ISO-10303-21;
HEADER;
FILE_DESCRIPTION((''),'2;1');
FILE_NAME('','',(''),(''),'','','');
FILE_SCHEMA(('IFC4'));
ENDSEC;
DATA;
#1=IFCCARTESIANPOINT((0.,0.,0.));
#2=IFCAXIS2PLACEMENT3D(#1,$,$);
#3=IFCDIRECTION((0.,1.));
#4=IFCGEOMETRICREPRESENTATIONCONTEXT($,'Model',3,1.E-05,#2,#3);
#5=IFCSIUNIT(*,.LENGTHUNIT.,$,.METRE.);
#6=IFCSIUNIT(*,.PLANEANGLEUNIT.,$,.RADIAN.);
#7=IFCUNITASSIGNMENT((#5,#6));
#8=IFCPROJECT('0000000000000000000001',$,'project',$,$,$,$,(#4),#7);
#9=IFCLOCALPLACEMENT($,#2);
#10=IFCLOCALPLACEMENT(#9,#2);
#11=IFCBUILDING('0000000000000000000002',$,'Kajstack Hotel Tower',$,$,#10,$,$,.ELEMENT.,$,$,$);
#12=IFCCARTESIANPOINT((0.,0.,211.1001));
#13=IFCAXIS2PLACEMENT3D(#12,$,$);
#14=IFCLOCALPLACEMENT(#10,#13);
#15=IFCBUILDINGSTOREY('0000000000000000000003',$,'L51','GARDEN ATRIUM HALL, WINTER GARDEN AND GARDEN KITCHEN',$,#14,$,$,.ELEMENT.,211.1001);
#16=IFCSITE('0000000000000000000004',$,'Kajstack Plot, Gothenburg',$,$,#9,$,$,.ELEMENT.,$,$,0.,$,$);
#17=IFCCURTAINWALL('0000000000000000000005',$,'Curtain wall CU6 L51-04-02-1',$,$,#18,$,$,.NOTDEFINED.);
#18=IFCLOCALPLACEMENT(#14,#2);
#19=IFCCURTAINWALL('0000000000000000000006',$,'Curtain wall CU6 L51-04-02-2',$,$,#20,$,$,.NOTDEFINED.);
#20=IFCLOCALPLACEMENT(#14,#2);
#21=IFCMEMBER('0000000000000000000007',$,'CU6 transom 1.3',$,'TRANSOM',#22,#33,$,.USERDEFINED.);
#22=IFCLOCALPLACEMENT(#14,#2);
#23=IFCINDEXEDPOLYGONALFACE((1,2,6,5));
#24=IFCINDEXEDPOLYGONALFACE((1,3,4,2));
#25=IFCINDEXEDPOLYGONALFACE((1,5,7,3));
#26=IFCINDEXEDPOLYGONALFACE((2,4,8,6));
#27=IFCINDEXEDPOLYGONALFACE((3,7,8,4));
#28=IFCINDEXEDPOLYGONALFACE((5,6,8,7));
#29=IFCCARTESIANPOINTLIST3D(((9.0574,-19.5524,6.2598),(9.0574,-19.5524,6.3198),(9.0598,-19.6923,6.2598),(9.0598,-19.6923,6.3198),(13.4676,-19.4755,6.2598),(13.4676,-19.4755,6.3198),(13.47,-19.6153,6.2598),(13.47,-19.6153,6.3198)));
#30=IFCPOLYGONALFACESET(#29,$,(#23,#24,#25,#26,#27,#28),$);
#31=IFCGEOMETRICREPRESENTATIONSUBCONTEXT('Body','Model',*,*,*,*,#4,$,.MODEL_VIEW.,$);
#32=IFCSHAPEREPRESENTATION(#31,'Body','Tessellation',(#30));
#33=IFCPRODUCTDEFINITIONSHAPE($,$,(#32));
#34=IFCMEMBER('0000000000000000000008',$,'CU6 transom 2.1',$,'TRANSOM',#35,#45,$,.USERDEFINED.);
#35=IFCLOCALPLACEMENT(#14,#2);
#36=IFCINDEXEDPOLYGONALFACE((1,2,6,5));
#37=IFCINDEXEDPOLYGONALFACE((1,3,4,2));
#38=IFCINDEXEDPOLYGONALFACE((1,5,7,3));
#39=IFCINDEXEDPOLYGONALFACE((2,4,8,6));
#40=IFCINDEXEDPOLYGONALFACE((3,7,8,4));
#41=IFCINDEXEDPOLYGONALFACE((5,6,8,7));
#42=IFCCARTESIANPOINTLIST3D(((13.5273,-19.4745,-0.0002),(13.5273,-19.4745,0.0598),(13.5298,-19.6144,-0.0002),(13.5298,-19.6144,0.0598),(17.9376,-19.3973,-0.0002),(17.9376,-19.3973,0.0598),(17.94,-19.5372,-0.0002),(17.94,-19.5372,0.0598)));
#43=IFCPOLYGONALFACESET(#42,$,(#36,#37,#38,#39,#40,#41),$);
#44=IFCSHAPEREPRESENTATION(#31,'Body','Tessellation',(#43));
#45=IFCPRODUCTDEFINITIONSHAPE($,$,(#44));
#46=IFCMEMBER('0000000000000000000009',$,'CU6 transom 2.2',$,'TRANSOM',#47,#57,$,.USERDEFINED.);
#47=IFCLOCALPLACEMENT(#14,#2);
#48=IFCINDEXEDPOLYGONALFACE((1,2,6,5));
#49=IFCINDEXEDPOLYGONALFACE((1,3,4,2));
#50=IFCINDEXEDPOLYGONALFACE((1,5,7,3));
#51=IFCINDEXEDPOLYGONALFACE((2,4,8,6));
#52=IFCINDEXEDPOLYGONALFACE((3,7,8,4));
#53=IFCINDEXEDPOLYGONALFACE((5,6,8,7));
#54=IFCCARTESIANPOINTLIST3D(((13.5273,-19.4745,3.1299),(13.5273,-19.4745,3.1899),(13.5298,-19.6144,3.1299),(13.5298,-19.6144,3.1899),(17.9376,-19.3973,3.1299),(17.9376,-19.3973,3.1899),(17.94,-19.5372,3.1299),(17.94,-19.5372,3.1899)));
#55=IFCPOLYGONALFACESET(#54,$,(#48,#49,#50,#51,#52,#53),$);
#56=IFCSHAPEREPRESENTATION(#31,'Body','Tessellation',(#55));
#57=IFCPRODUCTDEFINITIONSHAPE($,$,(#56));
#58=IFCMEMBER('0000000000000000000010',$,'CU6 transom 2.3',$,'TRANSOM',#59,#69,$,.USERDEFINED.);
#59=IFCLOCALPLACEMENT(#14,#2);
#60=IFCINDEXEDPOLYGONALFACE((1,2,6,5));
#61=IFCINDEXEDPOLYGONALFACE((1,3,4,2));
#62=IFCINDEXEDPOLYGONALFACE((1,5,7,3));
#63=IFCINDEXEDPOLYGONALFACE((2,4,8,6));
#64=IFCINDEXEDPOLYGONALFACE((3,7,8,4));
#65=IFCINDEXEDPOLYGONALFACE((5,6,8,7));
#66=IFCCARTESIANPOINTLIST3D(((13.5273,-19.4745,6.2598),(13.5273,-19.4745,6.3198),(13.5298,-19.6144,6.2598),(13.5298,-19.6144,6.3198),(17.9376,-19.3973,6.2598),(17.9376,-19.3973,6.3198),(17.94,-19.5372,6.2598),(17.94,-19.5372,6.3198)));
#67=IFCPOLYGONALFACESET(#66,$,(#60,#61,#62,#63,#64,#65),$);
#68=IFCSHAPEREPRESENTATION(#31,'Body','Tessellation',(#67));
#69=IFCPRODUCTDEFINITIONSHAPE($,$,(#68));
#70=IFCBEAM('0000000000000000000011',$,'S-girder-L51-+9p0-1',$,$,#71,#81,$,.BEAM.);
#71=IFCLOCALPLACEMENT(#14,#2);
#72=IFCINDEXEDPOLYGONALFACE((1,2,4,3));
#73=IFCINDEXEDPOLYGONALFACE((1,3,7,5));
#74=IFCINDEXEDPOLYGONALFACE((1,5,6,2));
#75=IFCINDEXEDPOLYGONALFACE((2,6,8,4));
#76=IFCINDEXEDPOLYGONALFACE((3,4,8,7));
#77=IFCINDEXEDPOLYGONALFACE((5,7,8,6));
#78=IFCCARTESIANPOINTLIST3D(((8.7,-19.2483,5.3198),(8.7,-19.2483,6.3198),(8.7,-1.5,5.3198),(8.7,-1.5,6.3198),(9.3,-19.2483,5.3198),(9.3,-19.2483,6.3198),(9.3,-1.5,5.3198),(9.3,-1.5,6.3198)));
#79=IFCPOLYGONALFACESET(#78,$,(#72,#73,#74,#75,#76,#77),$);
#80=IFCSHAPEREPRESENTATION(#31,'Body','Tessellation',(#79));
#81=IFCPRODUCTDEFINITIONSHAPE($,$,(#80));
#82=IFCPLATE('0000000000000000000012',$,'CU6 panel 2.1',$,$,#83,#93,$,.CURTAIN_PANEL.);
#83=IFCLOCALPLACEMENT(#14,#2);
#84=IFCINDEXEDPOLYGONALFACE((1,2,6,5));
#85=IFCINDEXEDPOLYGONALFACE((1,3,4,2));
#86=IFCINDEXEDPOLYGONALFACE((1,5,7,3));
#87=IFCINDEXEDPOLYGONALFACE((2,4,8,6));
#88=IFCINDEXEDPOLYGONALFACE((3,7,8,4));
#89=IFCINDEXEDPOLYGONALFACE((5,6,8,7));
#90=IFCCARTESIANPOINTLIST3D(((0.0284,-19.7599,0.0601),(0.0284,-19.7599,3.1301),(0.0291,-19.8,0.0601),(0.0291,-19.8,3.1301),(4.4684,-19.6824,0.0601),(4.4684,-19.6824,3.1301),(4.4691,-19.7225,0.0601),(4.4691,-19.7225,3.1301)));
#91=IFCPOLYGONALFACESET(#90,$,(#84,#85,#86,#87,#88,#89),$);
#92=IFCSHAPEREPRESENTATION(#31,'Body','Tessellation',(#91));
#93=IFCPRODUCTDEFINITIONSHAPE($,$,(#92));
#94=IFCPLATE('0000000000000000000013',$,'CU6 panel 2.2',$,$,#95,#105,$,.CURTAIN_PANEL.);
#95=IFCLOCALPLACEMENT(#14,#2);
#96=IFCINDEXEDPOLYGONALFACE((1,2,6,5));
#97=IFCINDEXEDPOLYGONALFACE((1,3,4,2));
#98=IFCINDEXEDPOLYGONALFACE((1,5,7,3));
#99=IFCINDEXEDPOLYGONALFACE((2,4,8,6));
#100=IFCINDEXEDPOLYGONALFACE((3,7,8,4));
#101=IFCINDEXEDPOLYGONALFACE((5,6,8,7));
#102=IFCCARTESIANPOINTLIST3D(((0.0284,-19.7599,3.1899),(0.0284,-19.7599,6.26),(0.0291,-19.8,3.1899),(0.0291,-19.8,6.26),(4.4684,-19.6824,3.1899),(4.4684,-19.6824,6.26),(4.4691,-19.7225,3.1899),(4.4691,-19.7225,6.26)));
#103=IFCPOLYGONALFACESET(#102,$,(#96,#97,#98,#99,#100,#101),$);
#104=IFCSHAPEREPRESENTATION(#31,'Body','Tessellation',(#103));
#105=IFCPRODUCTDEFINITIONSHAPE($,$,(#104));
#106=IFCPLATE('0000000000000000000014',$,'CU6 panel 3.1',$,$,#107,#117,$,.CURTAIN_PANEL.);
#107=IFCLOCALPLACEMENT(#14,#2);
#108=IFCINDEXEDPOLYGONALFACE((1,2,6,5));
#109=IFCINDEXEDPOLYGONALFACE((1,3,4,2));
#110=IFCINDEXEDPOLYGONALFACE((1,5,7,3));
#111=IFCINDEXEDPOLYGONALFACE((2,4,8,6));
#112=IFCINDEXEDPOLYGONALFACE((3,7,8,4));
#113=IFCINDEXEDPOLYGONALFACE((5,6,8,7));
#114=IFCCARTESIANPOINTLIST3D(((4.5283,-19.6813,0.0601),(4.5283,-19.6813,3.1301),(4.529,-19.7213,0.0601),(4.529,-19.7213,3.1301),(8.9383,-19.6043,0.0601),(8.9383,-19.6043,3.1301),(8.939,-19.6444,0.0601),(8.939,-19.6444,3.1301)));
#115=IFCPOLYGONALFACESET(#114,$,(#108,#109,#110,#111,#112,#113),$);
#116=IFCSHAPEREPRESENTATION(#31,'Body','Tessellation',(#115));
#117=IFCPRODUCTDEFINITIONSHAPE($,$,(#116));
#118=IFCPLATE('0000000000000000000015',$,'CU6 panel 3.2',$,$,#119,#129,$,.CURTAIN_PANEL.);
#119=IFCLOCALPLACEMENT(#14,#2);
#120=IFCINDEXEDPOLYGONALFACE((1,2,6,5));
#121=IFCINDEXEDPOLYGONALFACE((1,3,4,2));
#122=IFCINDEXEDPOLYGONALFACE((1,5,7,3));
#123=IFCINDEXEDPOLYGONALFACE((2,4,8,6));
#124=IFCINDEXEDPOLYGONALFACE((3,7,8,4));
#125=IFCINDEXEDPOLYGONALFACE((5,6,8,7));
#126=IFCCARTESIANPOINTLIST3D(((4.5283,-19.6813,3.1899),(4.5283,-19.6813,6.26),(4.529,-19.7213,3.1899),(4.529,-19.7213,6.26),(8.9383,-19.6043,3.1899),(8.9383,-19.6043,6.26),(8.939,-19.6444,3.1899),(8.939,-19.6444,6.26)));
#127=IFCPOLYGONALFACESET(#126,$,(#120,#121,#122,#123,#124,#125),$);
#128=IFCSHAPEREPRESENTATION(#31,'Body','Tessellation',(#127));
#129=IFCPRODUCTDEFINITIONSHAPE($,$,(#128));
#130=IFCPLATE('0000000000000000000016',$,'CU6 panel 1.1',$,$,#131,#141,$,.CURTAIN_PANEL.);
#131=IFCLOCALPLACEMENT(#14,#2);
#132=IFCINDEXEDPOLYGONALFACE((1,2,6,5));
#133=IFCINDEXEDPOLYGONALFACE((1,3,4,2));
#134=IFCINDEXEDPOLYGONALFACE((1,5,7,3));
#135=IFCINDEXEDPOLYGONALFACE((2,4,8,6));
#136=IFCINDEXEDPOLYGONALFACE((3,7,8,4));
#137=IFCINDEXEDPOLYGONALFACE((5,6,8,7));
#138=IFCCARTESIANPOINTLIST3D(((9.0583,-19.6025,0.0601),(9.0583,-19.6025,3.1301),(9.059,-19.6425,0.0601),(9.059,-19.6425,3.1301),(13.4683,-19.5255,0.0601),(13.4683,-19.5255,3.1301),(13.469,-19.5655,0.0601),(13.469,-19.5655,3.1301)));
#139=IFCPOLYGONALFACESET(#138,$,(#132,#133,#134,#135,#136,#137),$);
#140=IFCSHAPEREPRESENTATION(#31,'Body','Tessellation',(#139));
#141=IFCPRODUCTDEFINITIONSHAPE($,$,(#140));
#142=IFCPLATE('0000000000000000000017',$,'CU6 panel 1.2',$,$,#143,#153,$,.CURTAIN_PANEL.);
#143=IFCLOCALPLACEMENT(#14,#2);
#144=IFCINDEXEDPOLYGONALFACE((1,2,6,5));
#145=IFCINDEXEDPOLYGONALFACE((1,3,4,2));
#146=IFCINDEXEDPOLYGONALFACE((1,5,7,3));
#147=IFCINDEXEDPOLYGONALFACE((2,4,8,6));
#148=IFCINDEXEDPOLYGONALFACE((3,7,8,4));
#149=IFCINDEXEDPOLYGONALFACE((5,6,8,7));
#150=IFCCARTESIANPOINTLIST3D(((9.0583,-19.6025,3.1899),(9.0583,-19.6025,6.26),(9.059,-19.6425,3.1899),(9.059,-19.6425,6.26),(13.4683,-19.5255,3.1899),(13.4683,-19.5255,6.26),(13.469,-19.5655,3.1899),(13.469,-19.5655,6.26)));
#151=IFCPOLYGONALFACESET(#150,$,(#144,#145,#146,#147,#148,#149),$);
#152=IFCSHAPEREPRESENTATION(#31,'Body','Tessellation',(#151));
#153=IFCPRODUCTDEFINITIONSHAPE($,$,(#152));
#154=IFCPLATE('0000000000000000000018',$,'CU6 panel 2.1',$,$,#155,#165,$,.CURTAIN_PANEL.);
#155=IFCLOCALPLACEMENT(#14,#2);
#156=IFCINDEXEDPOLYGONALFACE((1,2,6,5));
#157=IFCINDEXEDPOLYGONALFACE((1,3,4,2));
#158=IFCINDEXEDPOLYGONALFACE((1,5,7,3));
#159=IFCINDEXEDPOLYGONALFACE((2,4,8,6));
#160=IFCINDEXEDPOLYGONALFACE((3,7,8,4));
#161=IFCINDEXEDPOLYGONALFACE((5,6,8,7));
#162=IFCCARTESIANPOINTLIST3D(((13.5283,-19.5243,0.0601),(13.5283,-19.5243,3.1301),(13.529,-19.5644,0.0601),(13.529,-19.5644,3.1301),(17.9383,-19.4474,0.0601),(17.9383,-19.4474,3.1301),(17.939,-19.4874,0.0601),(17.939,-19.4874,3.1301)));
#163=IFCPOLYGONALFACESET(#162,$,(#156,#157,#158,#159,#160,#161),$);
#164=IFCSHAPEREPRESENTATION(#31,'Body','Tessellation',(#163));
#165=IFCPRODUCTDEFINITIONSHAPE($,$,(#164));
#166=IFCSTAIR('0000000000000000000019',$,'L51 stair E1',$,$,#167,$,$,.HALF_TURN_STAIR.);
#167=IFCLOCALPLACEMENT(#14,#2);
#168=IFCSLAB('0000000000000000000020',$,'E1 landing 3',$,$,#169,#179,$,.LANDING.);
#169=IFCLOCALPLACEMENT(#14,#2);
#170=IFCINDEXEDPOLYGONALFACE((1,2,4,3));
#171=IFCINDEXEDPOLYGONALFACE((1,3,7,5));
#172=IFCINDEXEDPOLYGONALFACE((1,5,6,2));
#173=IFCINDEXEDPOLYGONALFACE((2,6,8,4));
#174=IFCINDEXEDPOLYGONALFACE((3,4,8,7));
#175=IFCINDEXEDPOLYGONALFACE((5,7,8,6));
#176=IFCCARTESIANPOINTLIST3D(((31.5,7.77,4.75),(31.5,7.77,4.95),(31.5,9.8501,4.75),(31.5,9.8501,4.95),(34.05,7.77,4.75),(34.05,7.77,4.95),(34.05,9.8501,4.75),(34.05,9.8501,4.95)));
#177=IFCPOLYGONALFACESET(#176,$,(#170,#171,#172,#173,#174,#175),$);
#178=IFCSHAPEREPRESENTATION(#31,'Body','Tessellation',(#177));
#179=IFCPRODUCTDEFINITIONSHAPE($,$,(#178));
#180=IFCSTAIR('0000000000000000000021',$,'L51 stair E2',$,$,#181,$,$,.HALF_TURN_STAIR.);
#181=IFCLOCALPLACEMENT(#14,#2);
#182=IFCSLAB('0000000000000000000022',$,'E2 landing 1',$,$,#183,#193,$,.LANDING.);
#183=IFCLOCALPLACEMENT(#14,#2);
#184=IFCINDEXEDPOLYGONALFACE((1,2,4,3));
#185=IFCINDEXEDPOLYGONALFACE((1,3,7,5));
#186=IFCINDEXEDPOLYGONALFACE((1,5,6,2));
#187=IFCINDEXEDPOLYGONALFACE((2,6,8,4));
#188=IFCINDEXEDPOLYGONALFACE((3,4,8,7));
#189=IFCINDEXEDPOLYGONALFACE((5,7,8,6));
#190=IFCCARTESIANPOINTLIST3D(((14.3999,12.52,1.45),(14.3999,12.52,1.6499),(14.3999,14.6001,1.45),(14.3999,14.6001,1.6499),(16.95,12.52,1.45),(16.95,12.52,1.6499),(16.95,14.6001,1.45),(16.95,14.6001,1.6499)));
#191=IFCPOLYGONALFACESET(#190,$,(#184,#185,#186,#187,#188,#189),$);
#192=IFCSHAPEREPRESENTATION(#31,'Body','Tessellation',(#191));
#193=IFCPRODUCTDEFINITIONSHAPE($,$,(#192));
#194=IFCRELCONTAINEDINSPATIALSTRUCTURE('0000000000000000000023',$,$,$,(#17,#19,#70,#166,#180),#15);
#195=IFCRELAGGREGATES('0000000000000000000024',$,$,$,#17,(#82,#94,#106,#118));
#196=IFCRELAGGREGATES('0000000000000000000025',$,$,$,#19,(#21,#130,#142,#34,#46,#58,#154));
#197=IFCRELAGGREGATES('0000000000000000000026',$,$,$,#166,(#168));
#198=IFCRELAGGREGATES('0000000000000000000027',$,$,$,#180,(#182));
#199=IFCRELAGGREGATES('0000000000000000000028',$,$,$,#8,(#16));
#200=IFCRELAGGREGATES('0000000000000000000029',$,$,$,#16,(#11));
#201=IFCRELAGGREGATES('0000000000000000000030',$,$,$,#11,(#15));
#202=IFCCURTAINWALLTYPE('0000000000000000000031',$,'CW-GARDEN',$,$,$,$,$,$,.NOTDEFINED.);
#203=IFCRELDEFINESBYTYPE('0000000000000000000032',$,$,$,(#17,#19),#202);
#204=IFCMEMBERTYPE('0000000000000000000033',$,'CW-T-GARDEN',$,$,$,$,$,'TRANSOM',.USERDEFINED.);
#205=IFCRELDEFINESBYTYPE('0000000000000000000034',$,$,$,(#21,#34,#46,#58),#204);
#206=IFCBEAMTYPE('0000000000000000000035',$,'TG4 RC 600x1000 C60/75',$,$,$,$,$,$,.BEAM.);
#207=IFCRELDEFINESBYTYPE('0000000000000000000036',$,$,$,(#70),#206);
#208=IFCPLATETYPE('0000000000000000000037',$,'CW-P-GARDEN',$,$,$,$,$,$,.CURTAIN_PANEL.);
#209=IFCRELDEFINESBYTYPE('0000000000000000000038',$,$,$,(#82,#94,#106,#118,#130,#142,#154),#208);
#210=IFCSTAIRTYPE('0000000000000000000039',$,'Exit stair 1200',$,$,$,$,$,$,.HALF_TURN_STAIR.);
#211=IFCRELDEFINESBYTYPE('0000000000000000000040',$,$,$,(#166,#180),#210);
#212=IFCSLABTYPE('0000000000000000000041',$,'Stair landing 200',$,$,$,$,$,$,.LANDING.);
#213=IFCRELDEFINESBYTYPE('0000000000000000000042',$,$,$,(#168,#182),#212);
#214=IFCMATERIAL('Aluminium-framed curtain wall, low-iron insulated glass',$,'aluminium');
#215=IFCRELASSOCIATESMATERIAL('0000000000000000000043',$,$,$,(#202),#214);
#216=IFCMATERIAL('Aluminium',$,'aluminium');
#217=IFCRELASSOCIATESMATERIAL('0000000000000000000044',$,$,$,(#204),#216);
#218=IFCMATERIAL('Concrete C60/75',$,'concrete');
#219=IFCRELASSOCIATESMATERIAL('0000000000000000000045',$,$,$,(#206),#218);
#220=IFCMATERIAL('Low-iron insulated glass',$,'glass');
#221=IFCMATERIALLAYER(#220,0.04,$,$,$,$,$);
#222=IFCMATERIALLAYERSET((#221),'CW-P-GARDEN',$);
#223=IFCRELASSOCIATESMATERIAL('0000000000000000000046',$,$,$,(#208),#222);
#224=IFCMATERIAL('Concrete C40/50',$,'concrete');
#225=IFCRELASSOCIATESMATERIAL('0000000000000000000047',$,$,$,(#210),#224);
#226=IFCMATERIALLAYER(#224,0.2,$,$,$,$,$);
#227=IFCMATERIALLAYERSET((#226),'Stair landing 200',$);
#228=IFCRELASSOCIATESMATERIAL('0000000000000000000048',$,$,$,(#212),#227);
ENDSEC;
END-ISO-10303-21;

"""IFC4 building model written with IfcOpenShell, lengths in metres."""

from ifc_helpers import new_model, si_unit, direction, frame, origin, origin_2d, place, context, subcontext, project, spatial, polyline, rectangle, outline, extrude, material, layer, layer_set, material_profile, profile_set, type_object, element, aggregate, save


model = new_model("IFC4")

# Units and contexts
model_context = context("Model", 3, precision=1e-05, world=origin(), true_north=direction((0.0, 1.0)))
body_context = subcontext(model_context, "Body", "Model", "MODEL_VIEW")
ifc_project = project(units=[si_unit("LENGTHUNIT", "METRE"), si_unit("PLANEANGLEUNIT", "RADIAN")], contexts=[model_context])

# Site, building, storey
site_placement = place(None, origin())
site = spatial("IfcSite", under=ifc_project, at=site_placement, Name="Kajstack Plot, Gothenburg", CompositionType="ELEMENT", RefElevation=0.0)
building_placement = place(site_placement, origin())
building = spatial("IfcBuilding", under=site, at=building_placement, Name="Kajstack Hotel Tower", CompositionType="ELEMENT")
storey_placement = place(building_placement, frame((0.0, 0.0, 211.1001)))
storey = spatial("IfcBuildingStorey", under=building, at=storey_placement, Name="L51", Description="GARDEN ATRIUM HALL, WINTER GARDEN AND GARDEN KITCHEN", CompositionType="ELEMENT", Elevation=211.1001)

# Curtain walls
ifc_material_1 = material(Name="Aluminium-framed curtain wall, low-iron insulated glass", Category="aluminium")
curtain_wall_type = type_object("IfcCurtainWallType", Name="CW-GARDEN", PredefinedType="NOTDEFINED", material=ifc_material_1)
curtain_wall_1_placement = place(storey_placement, origin())
curtain_wall_1 = element("IfcCurtainWall", 1, at=curtain_wall_1_placement, inside=storey, type_object=curtain_wall_type, Name="Curtain wall CU6 L51-04-02-1", PredefinedType="NOTDEFINED")
ifc_material_2 = material(Name="Aluminium", Category="aluminium")
curtain_wall_2_placement = place(storey_placement, origin())
curtain_wall_2 = element("IfcCurtainWall", 2, at=curtain_wall_2_placement, inside=storey, type_object=curtain_wall_type, Name="Curtain wall CU6 L51-04-02-2", PredefinedType="NOTDEFINED")

# Members
ifc_material_profile_1 = material_profile(ifc_material_2, rectangle(XDim=0.1399, YDim=0.0601, at=origin_2d()), Name="Aluminium transom 140 x 60")
ifc_profile_set_1 = profile_set([ifc_material_profile_1], Name="Aluminium")
member_type_1 = type_object("IfcMemberType", Name="CW-T-GARDEN", ElementType="TRANSOM", PredefinedType="USERDEFINED", material=ifc_profile_set_1)
member_1_placement = place(storey_placement, frame((9.0586, -19.6223, 6.2898), z_axis=(0.999848, 0.017435, 0.0), x_axis=(-0.017435, 0.999848, 0.0)))
member_1 = element("IfcMember", 3, at=member_1_placement, type_object=member_type_1, Name="CU6 transom 1.3", ObjectType="TRANSOM", PredefinedType="USERDEFINED", context=body_context, shape_type="SweptSolid", body=[
    extrude(rectangle(XDim=0.1399, YDim=0.0601, at=origin_2d()), origin(), (0.0, 0.0, 1.0), 4.4109),
])
member_2_placement = place(storey_placement, frame((13.5286, -19.5444, 0.0298), z_axis=(0.999847, 0.017491, 0.0), x_axis=(-0.017491, 0.999847, 0.0)))
member_2 = element("IfcMember", 4, at=member_2_placement, type_object=member_type_1, Name="CU6 transom 2.1", ObjectType="TRANSOM", PredefinedType="USERDEFINED", context=body_context, shape_type="SweptSolid", body=[
    extrude(rectangle(XDim=0.1399, YDim=0.0601, at=origin_2d()), origin(), (0.0, 0.0, 1.0), 4.4109),
])
member_3_placement = place(storey_placement, frame((13.5286, -19.5444, 3.1599), z_axis=(0.999847, 0.017491, 0.0), x_axis=(-0.017491, 0.999847, 0.0)))
member_3 = element("IfcMember", 5, at=member_3_placement, type_object=member_type_1, Name="CU6 transom 2.2", ObjectType="TRANSOM", PredefinedType="USERDEFINED", context=body_context, shape_type="SweptSolid", body=[
    extrude(rectangle(XDim=0.1399, YDim=0.0601, at=origin_2d()), origin(), (0.0, 0.0, 1.0), 4.4109),
])
member_4_placement = place(storey_placement, frame((13.5286, -19.5444, 6.2898), z_axis=(0.999847, 0.017491, 0.0), x_axis=(-0.017491, 0.999847, 0.0)))
member_4 = element("IfcMember", 6, at=member_4_placement, type_object=member_type_1, Name="CU6 transom 2.3", ObjectType="TRANSOM", PredefinedType="USERDEFINED", context=body_context, shape_type="SweptSolid", body=[
    extrude(rectangle(XDim=0.1399, YDim=0.0601, at=origin_2d()), origin(), (0.0, 0.0, 1.0), 4.4109),
])

# Beam
ifc_material_3 = material(Name="Concrete C60/75", Category="concrete")
ifc_material_profile_2 = material_profile(ifc_material_3, rectangle(XDim=0.6001, YDim=1.0, at=origin_2d()), Name="RC 600x1000")
ifc_profile_set_2 = profile_set([ifc_material_profile_2], Name="Concrete C60/75")
beam_type = type_object("IfcBeamType", Name="TG4 RC 600x1000 C60/75", PredefinedType="BEAM", material=ifc_profile_set_2)
beam_placement = place(storey_placement, frame((9.0, -19.2483, 5.8198), z_axis=(0.0, 1.0, 0.0), x_axis=(-1.0, 0.0, 0.0)))
element("IfcBeam", 7, at=beam_placement, inside=storey, type_object=beam_type, Name="S-girder-L51-+9p0-1", PredefinedType="BEAM", context=body_context, shape_type="SweptSolid", body=[
    extrude(rectangle(XDim=0.6001, YDim=1.0, at=origin_2d()), origin(), (0.0, 0.0, 1.0), 17.7483),
])

# Plates
ifc_material_4 = material(Name="Low-iron insulated glass", Category="glass")
ifc_layer_1 = layer(ifc_material_4, 0.04)
ifc_layer_set_1 = layer_set([ifc_layer_1], Name="CW-P-GARDEN")
plate_type = type_object("IfcPlateType", Name="CW-P-GARDEN", PredefinedType="CURTAIN_PANEL", material=ifc_layer_set_1)
plate_1_placement = place(storey_placement, frame((2.2488, -19.7412, 0.0601), z_axis=(0.0, 0.0, 1.0), x_axis=(0.999848, 0.017453, 0.0)))
plate_1 = element("IfcPlate", 8, at=plate_1_placement, type_object=plate_type, Name="CU6 panel 2.1", PredefinedType="CURTAIN_PANEL", context=body_context, shape_type="SweptSolid", body=[
    extrude(rectangle(XDim=4.4407, YDim=0.04, at=origin_2d()), origin(), (0.0, 0.0, 1.0), 3.0701),
])
plate_2_placement = place(storey_placement, frame((2.2488, -19.7412, 3.1899), z_axis=(0.0, 0.0, 1.0), x_axis=(0.999848, 0.017453, 0.0)))
plate_2 = element("IfcPlate", 9, at=plate_2_placement, type_object=plate_type, Name="CU6 panel 2.2", PredefinedType="CURTAIN_PANEL", context=body_context, shape_type="SweptSolid", body=[
    extrude(rectangle(XDim=4.4407, YDim=0.04, at=origin_2d()), origin(), (0.0, 0.0, 1.0), 3.0701),
])
plate_3_placement = place(storey_placement, frame((6.7336, -19.6628, 0.0601), z_axis=(0.0, 0.0, 1.0), x_axis=(0.999848, 0.017453, 0.0)))
plate_3 = element("IfcPlate", 10, at=plate_3_placement, type_object=plate_type, Name="CU6 panel 3.1", PredefinedType="CURTAIN_PANEL", context=body_context, shape_type="SweptSolid", body=[
    extrude(rectangle(XDim=4.4106, YDim=0.04, at=origin_2d()), origin(), (0.0, 0.0, 1.0), 3.0701),
])
plate_4_placement = place(storey_placement, frame((6.7336, -19.6628, 3.1899), z_axis=(0.0, 0.0, 1.0), x_axis=(0.999848, 0.017453, 0.0)))
plate_4 = element("IfcPlate", 11, at=plate_4_placement, type_object=plate_type, Name="CU6 panel 3.2", PredefinedType="CURTAIN_PANEL", context=body_context, shape_type="SweptSolid", body=[
    extrude(rectangle(XDim=4.4106, YDim=0.04, at=origin_2d()), origin(), (0.0, 0.0, 1.0), 3.0701),
])
aggregate(curtain_wall_1, [plate_1, plate_2, plate_3, plate_4])
plate_5_placement = place(storey_placement, frame((11.2637, -19.584, 0.0601), z_axis=(0.0, 0.0, 1.0), x_axis=(0.999848, 0.017453, 0.0)))
plate_5 = element("IfcPlate", 12, at=plate_5_placement, type_object=plate_type, Name="CU6 panel 1.1", PredefinedType="CURTAIN_PANEL", context=body_context, shape_type="SweptSolid", body=[
    extrude(rectangle(XDim=4.4106, YDim=0.04, at=origin_2d()), origin(), (0.0, 0.0, 1.0), 3.0701),
])
plate_6_placement = place(storey_placement, frame((11.2637, -19.584, 3.1899), z_axis=(0.0, 0.0, 1.0), x_axis=(0.999848, 0.017453, 0.0)))
plate_6 = element("IfcPlate", 13, at=plate_6_placement, type_object=plate_type, Name="CU6 panel 1.2", PredefinedType="CURTAIN_PANEL", context=body_context, shape_type="SweptSolid", body=[
    extrude(rectangle(XDim=4.4106, YDim=0.04, at=origin_2d()), origin(), (0.0, 0.0, 1.0), 3.0701),
])
plate_7_placement = place(storey_placement, frame((15.7336, -19.5059, 0.0601), z_axis=(0.0, 0.0, 1.0), x_axis=(0.999848, 0.017453, 0.0)))
plate_7 = element("IfcPlate", 14, at=plate_7_placement, type_object=plate_type, Name="CU6 panel 2.1", PredefinedType="CURTAIN_PANEL", context=body_context, shape_type="SweptSolid", body=[
    extrude(rectangle(XDim=4.4106, YDim=0.04, at=origin_2d()), origin(), (0.0, 0.0, 1.0), 3.0701),
])
aggregate(curtain_wall_2, [member_1, plate_5, plate_6, member_2, member_3, member_4, plate_7])

# Stair, slab
ifc_material_5 = material(Name="Concrete C40/50", Category="concrete")
stair_type = type_object("IfcStairType", Name="Exit stair 1200", PredefinedType="HALF_TURN_STAIR", material=ifc_material_5)
stair_1_placement = place(storey_placement, origin())
stair_1 = element("IfcStair", 15, at=stair_1_placement, inside=storey, type_object=stair_type, Name="L51 stair E1", PredefinedType="HALF_TURN_STAIR")
ifc_layer_2 = layer(ifc_material_5, 0.2)
ifc_layer_set_2 = layer_set([ifc_layer_2], Name="Stair landing 200")
slab_type = type_object("IfcSlabType", Name="Stair landing 200", PredefinedType="LANDING", material=ifc_layer_set_2)
slab_1_placement = place(storey_placement, frame((0.0, 0.0, 4.75)))
slab_1 = element("IfcSlab", 16, at=slab_1_placement, type_object=slab_type, Name="E1 landing 3", PredefinedType="LANDING", context=body_context, shape_type="SweptSolid", body=[
    extrude(outline(polyline([(34.05, 7.77), (34.05, 9.8501), (31.5, 9.8501), (31.5, 7.77), (34.05, 7.77)])), origin(), (0.0, 0.0, 1.0), 0.2),
])
aggregate(stair_1, [slab_1])

# Stair, slab
stair_2_placement = place(storey_placement, origin())
stair_2 = element("IfcStair", 17, at=stair_2_placement, inside=storey, type_object=stair_type, Name="L51 stair E2", PredefinedType="HALF_TURN_STAIR")
slab_2_placement = place(storey_placement, frame((0.0, 0.0, 1.45)))
slab_2 = element("IfcSlab", 18, at=slab_2_placement, type_object=slab_type, Name="E2 landing 1", PredefinedType="LANDING", context=body_context, shape_type="SweptSolid", body=[
    extrude(outline(polyline([(16.95, 12.52), (16.95, 14.6001), (14.3999, 14.6001), (14.3999, 12.52), (16.95, 12.52)])), origin(), (0.0, 0.0, 1.0), 0.2),
])
aggregate(stair_2, [slab_2])

save(model, "model.ifc")
